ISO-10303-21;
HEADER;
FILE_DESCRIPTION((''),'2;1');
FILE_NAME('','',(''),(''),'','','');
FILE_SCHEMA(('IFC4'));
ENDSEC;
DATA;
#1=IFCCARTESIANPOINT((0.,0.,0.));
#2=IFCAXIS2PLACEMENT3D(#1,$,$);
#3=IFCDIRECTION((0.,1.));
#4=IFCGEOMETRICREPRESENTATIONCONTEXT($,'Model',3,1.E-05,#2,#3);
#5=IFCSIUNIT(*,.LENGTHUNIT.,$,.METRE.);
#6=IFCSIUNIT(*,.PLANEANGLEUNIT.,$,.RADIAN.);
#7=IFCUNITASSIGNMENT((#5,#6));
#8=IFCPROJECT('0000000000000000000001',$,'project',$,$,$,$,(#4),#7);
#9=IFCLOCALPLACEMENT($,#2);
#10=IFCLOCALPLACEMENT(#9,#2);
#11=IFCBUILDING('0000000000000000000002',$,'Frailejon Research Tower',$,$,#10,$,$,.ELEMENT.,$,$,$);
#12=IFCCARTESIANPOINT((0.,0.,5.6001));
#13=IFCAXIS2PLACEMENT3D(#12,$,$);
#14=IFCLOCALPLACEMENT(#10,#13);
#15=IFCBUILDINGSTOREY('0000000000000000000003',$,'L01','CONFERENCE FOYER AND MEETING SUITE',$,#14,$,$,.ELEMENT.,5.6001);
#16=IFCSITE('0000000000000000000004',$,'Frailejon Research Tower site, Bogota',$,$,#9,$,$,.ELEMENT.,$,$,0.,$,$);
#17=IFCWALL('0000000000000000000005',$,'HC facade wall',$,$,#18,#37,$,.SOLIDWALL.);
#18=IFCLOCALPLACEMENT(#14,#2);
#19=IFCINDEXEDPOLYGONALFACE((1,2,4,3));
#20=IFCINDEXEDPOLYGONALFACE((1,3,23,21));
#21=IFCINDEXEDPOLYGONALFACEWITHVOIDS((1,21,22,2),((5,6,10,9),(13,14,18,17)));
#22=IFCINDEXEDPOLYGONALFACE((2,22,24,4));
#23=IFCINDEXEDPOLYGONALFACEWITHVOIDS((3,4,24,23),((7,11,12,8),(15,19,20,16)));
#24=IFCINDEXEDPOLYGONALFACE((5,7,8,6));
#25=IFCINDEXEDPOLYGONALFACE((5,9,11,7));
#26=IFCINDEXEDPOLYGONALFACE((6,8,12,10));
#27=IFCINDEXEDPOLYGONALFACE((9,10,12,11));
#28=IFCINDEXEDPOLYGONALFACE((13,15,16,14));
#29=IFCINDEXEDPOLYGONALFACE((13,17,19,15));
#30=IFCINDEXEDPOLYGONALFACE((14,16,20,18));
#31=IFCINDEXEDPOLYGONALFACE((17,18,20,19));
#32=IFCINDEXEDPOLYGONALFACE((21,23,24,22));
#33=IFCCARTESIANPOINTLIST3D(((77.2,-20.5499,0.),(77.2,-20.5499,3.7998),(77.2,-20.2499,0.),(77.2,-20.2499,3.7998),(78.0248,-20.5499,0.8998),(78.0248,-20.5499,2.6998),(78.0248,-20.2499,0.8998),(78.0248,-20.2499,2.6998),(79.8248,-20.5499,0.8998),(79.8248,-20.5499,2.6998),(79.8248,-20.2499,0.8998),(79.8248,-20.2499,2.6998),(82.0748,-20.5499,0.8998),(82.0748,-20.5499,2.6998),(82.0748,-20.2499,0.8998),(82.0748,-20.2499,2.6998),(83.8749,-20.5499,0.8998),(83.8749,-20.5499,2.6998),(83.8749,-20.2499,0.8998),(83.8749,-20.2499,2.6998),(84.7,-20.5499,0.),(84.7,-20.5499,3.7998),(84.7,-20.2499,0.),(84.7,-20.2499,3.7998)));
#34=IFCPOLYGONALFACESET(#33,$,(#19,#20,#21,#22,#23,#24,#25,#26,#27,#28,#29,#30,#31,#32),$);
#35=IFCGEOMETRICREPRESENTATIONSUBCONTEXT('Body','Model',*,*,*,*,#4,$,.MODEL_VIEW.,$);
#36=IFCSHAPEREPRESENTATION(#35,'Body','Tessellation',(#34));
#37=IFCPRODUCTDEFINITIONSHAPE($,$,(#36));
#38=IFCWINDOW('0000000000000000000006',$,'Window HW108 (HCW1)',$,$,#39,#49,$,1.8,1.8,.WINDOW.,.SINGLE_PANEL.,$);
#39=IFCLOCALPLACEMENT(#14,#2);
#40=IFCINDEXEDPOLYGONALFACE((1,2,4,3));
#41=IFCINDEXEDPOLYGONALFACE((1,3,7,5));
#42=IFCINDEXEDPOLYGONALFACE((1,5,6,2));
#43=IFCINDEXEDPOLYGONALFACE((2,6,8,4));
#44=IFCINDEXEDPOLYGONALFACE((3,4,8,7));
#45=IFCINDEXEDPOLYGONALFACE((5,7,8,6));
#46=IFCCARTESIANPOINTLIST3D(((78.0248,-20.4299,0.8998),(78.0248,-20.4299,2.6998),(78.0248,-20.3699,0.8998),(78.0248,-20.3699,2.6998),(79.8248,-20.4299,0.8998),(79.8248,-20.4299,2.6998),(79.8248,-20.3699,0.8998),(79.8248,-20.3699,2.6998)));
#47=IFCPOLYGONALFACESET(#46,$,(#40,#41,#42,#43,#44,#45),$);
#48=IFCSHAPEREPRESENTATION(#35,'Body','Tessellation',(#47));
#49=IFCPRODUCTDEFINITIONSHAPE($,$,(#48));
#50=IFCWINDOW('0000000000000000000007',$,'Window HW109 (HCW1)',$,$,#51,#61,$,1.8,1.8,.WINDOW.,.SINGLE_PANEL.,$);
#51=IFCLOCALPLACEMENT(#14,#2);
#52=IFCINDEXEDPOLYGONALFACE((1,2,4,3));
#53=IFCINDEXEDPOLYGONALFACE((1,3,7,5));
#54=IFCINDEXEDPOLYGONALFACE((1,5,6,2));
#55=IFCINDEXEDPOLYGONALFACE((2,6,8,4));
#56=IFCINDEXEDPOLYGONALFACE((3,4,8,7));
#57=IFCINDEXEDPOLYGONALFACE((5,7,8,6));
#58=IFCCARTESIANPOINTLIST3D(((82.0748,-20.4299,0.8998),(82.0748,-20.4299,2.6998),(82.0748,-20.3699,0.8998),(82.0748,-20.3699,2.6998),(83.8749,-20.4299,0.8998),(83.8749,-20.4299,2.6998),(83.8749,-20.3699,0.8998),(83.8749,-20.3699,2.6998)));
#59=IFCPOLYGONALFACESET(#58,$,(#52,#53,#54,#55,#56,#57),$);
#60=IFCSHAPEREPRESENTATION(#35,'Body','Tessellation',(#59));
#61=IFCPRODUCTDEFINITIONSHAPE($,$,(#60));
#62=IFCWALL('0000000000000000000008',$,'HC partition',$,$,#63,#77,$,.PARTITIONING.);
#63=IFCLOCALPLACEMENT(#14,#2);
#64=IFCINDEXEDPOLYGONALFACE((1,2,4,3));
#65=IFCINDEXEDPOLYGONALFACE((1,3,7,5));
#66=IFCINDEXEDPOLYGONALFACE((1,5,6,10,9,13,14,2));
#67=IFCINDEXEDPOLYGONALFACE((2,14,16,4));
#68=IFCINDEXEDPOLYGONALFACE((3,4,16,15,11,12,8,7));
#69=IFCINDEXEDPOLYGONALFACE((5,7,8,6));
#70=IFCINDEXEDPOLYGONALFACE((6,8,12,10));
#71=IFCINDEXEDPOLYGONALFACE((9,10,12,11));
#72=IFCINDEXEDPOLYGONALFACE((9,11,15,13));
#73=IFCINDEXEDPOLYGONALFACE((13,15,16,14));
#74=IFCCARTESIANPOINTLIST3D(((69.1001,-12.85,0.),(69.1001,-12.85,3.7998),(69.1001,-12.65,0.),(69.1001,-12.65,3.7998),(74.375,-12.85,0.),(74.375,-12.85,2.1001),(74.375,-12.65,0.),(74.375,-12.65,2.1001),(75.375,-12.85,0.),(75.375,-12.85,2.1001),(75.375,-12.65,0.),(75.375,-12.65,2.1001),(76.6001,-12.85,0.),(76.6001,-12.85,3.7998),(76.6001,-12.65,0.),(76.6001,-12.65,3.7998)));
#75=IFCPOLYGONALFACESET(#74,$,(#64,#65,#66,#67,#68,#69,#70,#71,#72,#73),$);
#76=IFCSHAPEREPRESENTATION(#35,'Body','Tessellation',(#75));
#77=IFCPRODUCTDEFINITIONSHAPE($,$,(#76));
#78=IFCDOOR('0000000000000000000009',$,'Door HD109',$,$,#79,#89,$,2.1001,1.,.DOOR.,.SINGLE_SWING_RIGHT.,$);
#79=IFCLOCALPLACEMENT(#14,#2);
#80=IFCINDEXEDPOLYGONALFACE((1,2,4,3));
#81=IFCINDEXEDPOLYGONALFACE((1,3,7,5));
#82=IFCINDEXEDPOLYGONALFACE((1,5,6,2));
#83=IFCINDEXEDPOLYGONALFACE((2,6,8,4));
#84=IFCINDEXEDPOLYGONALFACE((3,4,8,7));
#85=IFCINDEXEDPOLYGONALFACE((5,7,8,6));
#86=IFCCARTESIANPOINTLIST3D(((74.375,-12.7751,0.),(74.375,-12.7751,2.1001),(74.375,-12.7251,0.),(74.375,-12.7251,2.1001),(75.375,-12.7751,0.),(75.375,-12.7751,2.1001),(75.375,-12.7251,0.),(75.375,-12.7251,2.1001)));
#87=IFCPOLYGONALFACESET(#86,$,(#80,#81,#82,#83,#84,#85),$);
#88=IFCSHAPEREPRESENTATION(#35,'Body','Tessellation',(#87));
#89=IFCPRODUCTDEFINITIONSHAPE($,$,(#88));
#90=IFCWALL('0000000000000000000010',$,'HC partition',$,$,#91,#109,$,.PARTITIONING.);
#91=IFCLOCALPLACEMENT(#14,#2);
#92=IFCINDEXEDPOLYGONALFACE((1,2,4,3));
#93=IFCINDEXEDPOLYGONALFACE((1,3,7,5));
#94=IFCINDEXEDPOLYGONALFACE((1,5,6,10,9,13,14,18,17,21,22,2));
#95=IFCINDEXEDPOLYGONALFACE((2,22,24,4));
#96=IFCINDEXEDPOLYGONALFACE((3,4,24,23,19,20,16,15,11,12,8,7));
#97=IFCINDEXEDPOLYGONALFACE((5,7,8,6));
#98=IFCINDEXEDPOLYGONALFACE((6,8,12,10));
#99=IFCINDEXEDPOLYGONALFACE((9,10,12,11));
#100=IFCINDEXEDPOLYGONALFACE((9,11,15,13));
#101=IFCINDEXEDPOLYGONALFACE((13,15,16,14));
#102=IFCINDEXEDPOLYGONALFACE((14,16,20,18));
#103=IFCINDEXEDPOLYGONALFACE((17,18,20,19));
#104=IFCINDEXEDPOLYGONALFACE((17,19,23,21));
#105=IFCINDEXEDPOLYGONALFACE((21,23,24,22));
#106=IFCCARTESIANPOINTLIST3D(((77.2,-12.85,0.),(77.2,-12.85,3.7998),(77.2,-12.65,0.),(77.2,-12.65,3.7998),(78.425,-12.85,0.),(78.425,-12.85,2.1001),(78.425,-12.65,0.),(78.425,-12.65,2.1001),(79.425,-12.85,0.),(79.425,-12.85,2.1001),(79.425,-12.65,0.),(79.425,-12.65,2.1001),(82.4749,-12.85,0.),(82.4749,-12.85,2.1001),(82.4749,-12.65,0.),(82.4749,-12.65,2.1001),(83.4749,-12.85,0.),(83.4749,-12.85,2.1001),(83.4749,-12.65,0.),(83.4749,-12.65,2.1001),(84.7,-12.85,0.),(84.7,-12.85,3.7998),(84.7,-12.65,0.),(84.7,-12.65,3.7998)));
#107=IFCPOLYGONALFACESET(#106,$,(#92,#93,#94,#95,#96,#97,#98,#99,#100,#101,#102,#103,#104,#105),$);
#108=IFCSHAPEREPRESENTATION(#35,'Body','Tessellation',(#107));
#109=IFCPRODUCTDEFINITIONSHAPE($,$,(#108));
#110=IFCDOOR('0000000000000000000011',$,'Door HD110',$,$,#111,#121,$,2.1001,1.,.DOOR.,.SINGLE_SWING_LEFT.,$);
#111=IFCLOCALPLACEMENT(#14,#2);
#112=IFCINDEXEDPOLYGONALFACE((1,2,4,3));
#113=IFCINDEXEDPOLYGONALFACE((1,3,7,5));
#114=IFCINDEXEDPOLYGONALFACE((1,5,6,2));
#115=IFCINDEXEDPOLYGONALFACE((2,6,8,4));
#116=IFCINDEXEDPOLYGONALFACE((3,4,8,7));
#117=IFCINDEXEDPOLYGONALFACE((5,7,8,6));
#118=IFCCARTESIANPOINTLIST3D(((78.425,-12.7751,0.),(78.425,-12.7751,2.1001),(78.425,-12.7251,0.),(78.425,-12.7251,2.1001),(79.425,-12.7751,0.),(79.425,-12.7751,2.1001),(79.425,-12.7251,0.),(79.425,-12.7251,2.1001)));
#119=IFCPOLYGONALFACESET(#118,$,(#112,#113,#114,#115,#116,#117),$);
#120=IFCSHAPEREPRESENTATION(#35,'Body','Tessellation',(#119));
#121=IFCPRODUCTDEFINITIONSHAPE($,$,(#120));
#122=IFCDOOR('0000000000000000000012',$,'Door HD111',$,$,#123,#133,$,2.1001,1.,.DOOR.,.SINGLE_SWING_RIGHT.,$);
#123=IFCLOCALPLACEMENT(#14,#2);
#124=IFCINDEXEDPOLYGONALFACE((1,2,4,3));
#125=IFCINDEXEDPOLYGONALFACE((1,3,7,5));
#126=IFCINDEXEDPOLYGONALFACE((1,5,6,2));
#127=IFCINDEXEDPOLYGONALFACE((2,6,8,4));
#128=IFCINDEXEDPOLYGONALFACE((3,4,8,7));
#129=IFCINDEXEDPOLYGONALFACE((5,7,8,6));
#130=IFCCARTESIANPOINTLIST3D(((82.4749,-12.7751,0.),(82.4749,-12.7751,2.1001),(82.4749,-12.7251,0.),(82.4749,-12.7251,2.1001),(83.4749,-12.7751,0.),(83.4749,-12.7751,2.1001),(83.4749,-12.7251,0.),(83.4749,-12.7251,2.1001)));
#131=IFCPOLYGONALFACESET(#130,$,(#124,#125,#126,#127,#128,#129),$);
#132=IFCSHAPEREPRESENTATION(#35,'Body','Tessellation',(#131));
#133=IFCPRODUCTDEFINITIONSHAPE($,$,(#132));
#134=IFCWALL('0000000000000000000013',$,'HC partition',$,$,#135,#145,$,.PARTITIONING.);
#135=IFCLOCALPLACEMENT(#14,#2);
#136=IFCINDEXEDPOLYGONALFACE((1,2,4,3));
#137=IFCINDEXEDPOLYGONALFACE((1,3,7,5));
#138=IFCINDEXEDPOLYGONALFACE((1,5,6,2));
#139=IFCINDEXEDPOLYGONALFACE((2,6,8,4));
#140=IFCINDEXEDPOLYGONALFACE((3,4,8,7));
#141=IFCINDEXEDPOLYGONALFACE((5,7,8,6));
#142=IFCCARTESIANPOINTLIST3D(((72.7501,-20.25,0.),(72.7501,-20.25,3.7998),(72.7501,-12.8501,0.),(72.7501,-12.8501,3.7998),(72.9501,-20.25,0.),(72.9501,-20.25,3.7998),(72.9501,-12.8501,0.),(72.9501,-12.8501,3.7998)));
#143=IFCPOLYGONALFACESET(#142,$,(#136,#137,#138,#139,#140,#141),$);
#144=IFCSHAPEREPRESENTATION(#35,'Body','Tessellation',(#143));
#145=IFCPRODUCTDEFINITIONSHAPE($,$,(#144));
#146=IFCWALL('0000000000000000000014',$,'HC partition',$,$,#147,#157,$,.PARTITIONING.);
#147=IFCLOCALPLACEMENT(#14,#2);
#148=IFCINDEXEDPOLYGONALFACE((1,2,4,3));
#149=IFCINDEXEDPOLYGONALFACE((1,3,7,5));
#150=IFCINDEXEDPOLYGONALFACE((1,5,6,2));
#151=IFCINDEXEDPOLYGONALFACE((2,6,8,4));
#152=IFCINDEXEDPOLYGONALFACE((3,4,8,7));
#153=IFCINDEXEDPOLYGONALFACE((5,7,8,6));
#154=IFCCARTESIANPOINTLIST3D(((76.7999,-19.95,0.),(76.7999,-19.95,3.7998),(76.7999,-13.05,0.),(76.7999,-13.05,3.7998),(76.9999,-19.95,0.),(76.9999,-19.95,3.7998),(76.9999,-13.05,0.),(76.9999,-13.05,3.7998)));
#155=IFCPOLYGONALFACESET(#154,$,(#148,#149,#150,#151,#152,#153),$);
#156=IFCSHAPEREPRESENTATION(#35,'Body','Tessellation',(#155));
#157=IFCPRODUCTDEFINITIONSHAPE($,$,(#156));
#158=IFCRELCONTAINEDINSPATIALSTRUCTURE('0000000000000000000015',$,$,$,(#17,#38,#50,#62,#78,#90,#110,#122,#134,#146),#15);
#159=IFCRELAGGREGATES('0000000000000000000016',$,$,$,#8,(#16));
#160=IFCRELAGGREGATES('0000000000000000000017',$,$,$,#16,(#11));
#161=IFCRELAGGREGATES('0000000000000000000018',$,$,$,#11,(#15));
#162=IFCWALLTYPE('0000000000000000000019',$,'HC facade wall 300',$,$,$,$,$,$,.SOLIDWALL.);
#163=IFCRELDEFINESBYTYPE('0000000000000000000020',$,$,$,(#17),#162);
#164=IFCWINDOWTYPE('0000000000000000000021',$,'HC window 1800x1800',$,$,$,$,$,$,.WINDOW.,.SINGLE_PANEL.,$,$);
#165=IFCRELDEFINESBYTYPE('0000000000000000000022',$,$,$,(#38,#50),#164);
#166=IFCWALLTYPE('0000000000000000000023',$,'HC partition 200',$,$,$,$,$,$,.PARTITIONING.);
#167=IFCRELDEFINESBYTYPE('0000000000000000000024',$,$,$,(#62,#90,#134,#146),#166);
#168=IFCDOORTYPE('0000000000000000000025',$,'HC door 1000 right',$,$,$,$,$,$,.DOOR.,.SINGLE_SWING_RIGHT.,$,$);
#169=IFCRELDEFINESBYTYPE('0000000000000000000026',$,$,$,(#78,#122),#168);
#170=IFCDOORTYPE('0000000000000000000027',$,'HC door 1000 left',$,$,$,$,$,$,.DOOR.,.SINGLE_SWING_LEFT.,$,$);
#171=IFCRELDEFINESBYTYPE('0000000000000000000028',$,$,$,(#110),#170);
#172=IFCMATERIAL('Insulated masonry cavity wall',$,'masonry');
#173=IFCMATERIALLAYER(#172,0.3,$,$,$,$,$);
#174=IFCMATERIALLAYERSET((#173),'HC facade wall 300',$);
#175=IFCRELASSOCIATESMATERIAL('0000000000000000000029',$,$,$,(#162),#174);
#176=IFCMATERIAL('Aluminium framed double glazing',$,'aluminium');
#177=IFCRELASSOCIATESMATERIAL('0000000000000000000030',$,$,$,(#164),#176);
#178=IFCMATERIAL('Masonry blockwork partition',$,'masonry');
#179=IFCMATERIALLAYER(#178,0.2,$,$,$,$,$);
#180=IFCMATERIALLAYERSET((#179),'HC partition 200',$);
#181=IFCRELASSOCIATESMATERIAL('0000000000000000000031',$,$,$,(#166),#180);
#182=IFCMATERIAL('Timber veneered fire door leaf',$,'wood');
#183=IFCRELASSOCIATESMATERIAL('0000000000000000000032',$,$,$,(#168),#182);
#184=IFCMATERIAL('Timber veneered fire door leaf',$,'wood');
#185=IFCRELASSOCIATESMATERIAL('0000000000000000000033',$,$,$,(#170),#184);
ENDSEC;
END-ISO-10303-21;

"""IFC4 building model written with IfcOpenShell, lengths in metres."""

from ifc_helpers import new_model, si_unit, direction, frame, frame_2d, origin, place, context, subcontext, project, spatial, rectangle, extrude, material, layer, layer_set, type_object, element, fill, save


model = new_model("IFC4")

# Units and contexts
model_context = context("Model", 3, precision=1e-05, world=origin(), true_north=direction((0.0, 1.0)))
body_context = subcontext(model_context, "Body", "Model", "MODEL_VIEW")
ifc_project = project(units=[si_unit("LENGTHUNIT", "METRE"), si_unit("PLANEANGLEUNIT", "RADIAN")], contexts=[model_context])

# Site, building, storey
site_placement = place(None, origin())
site = spatial("IfcSite", under=ifc_project, at=site_placement, Name="Frailejon Research Tower site, Bogota", CompositionType="ELEMENT", RefElevation=0.0)
building_placement = place(site_placement, origin())
building = spatial("IfcBuilding", under=site, at=building_placement, Name="Frailejon Research Tower", CompositionType="ELEMENT")
storey_placement = place(building_placement, frame((0.0, 0.0, 5.6001)))
storey = spatial("IfcBuildingStorey", under=building, at=storey_placement, Name="L01", Description="CONFERENCE FOYER AND MEETING SUITE", CompositionType="ELEMENT", Elevation=5.6001)

# Wall, openings, windows
ifc_material_1 = material(Name="Insulated masonry cavity wall", Category="masonry")
ifc_layer_1 = layer(ifc_material_1, 0.3)
ifc_layer_set_1 = layer_set([ifc_layer_1], Name="HC facade wall 300")
wall_type_1 = type_object("IfcWallType", Name="HC facade wall 300", PredefinedType="SOLIDWALL", material=ifc_layer_set_1)
ifc_material_2 = material(Name="Aluminium framed double glazing", Category="aluminium")
window_type = type_object("IfcWindowType", Name="HC window 1800x1800", PartitioningType="SINGLE_PANEL", PredefinedType="WINDOW", material=ifc_material_2)
wall_1_placement = place(storey_placement, frame((77.2, -20.3999, 0.0), z_axis=(0.0, 0.0, 1.0), x_axis=(1.0, 0.0, 0.0)))
wall_1 = element("IfcWall", 1, at=wall_1_placement, inside=storey, type_object=wall_type_1, Name="HC facade wall", PredefinedType="SOLIDWALL", context=body_context, shape_type="SweptSolid", body=[
    extrude(rectangle(XDim=7.5, YDim=0.3, at=frame_2d((3.75, 0.0))), origin(), (0.0, 0.0, 1.0), 3.7998),
])
opening_1_placement = place(wall_1_placement, frame((0.825, 0.0, 0.8999)))
opening_1 = element("IfcOpeningElement", 2, at=opening_1_placement, cuts=wall_1, PredefinedType="OPENING", context=body_context, shape_type="SweptSolid", body=[
    extrude(rectangle(XDim=1.8, YDim=1.8, at=frame_2d((0.8999, 0.8999))), frame((0.0, 0.1599, 0.0), z_axis=(0.0, -1.0, 0.0), x_axis=(1.0, 0.0, 0.0)), (0.0, 0.0, 1.0), 0.3201),
])
opening_2_placement = place(wall_1_placement, frame((4.875, 0.0, 0.8999)))
opening_2 = element("IfcOpeningElement", 3, at=opening_2_placement, cuts=wall_1, PredefinedType="OPENING", context=body_context, shape_type="SweptSolid", body=[
    extrude(rectangle(XDim=1.8, YDim=1.8, at=frame_2d((0.8999, 0.8999))), frame((0.0, 0.1599, 0.0), z_axis=(0.0, -1.0, 0.0), x_axis=(1.0, 0.0, 0.0)), (0.0, 0.0, 1.0), 0.3201),
])
window_1_placement = place(opening_1_placement, origin())
window_1 = element("IfcWindow", 4, at=window_1_placement, inside=storey, type_object=window_type, Name="Window HW108 (HCW1)", OverallHeight=1.8, OverallWidth=1.8, PartitioningType="SINGLE_PANEL", PredefinedType="WINDOW", context=body_context, shape_type="SweptSolid", body=[
    extrude(rectangle(XDim=1.8, YDim=1.8, at=frame_2d((0.8999, 0.8999))), frame((0.0, 0.03, 0.0), z_axis=(0.0, -1.0, 0.0), x_axis=(1.0, 0.0, 0.0)), (0.0, 0.0, 1.0), 0.0601),
])
fill(opening_1, window_1)
window_2_placement = place(opening_2_placement, origin())
window_2 = element("IfcWindow", 5, at=window_2_placement, inside=storey, type_object=window_type, Name="Window HW109 (HCW1)", OverallHeight=1.8, OverallWidth=1.8, PartitioningType="SINGLE_PANEL", PredefinedType="WINDOW", context=body_context, shape_type="SweptSolid", body=[
    extrude(rectangle(XDim=1.8, YDim=1.8, at=frame_2d((0.8999, 0.8999))), frame((0.0, 0.03, 0.0), z_axis=(0.0, -1.0, 0.0), x_axis=(1.0, 0.0, 0.0)), (0.0, 0.0, 1.0), 0.0601),
])
fill(opening_2, window_2)

# Wall, opening, door
ifc_material_3 = material(Name="Masonry blockwork partition", Category="masonry")
ifc_layer_2 = layer(ifc_material_3, 0.2)
ifc_layer_set_2 = layer_set([ifc_layer_2], Name="HC partition 200")
wall_type_2 = type_object("IfcWallType", Name="HC partition 200", PredefinedType="PARTITIONING", material=ifc_layer_set_2)
wall_2_placement = place(storey_placement, frame((69.1001, -12.75, 0.0), z_axis=(0.0, 0.0, 1.0), x_axis=(1.0, 0.0, 0.0)))
wall_2 = element("IfcWall", 6, at=wall_2_placement, inside=storey, type_object=wall_type_2, Name="HC partition", PredefinedType="PARTITIONING", context=body_context, shape_type="SweptSolid", body=[
    extrude(rectangle(XDim=7.5, YDim=0.2, at=frame_2d((3.75, 0.0))), origin(), (0.0, 0.0, 1.0), 3.7998),
])
opening_3_placement = place(wall_2_placement, frame((5.2749, 0.0, 0.0)))
opening_3 = element("IfcOpeningElement", 7, at=opening_3_placement, cuts=wall_2, PredefinedType="OPENING", context=body_context, shape_type="SweptSolid", body=[
    extrude(rectangle(XDim=1.0, YDim=2.1001, at=frame_2d((0.5, 1.05))), frame((0.0, 0.1099, 0.0), z_axis=(0.0, -1.0, 0.0), x_axis=(1.0, 0.0, 0.0)), (0.0, 0.0, 1.0), 0.22),
])
ifc_material_4 = material(Name="Timber veneered fire door leaf", Category="wood")
door_type_1 = type_object("IfcDoorType", Name="HC door 1000 right", OperationType="SINGLE_SWING_RIGHT", PredefinedType="DOOR", material=ifc_material_4)
door_1_placement = place(opening_3_placement, origin())
door_1 = element("IfcDoor", 8, at=door_1_placement, inside=storey, type_object=door_type_1, Name="Door HD109", OperationType="SINGLE_SWING_RIGHT", OverallHeight=2.1001, OverallWidth=1.0, PredefinedType="DOOR", context=body_context, shape_type="SweptSolid", body=[
    extrude(rectangle(XDim=1.0, YDim=2.1001, at=frame_2d((0.5, 1.05))), frame((0.0, 0.0249, 0.0), z_axis=(0.0, -1.0, 0.0), x_axis=(1.0, 0.0, 0.0)), (0.0, 0.0, 1.0), 0.05),
])
fill(opening_3, door_1)

# Wall, openings, doors
wall_3_placement = place(storey_placement, frame((77.2, -12.75, 0.0), z_axis=(0.0, 0.0, 1.0), x_axis=(1.0, 0.0, 0.0)))
wall_3 = element("IfcWall", 9, at=wall_3_placement, inside=storey, type_object=wall_type_2, Name="HC partition", PredefinedType="PARTITIONING", context=body_context, shape_type="SweptSolid", body=[
    extrude(rectangle(XDim=7.5, YDim=0.2, at=frame_2d((3.75, 0.0))), origin(), (0.0, 0.0, 1.0), 3.7998),
])
opening_4_placement = place(wall_3_placement, frame((1.2251, 0.0, 0.0)))
opening_4 = element("IfcOpeningElement", 10, at=opening_4_placement, cuts=wall_3, PredefinedType="OPENING", context=body_context, shape_type="SweptSolid", body=[
    extrude(rectangle(XDim=1.0, YDim=2.1001, at=frame_2d((0.5, 1.05))), frame((0.0, 0.1099, 0.0), z_axis=(0.0, -1.0, 0.0), x_axis=(1.0, 0.0, 0.0)), (0.0, 0.0, 1.0), 0.22),
])
opening_5_placement = place(wall_3_placement, frame((5.2749, 0.0, 0.0)))
opening_5 = element("IfcOpeningElement", 11, at=opening_5_placement, cuts=wall_3, PredefinedType="OPENING", context=body_context, shape_type="SweptSolid", body=[
    extrude(rectangle(XDim=1.0, YDim=2.1001, at=frame_2d((0.5, 1.05))), frame((0.0, 0.1099, 0.0), z_axis=(0.0, -1.0, 0.0), x_axis=(1.0, 0.0, 0.0)), (0.0, 0.0, 1.0), 0.22),
])
ifc_material_5 = material(Name="Timber veneered fire door leaf", Category="wood")
door_type_2 = type_object("IfcDoorType", Name="HC door 1000 left", OperationType="SINGLE_SWING_LEFT", PredefinedType="DOOR", material=ifc_material_5)
door_2_placement = place(opening_4_placement, origin())
door_2 = element("IfcDoor", 12, at=door_2_placement, inside=storey, type_object=door_type_2, Name="Door HD110", OperationType="SINGLE_SWING_LEFT", OverallHeight=2.1001, OverallWidth=1.0, PredefinedType="DOOR", context=body_context, shape_type="SweptSolid", body=[
    extrude(rectangle(XDim=1.0, YDim=2.1001, at=frame_2d((0.5, 1.05))), frame((0.0, 0.0249, 0.0), z_axis=(0.0, -1.0, 0.0), x_axis=(1.0, 0.0, 0.0)), (0.0, 0.0, 1.0), 0.05),
])
fill(opening_4, door_2)
door_3_placement = place(opening_5_placement, origin())
door_3 = element("IfcDoor", 13, at=door_3_placement, inside=storey, type_object=door_type_1, Name="Door HD111", OperationType="SINGLE_SWING_RIGHT", OverallHeight=2.1001, OverallWidth=1.0, PredefinedType="DOOR", context=body_context, shape_type="SweptSolid", body=[
    extrude(rectangle(XDim=1.0, YDim=2.1001, at=frame_2d((0.5, 1.05))), frame((0.0, 0.0249, 0.0), z_axis=(0.0, -1.0, 0.0), x_axis=(1.0, 0.0, 0.0)), (0.0, 0.0, 1.0), 0.05),
])
fill(opening_5, door_3)

# Walls
wall_4_placement = place(storey_placement, frame((72.8501, -20.25, 0.0), z_axis=(0.0, 0.0, 1.0), x_axis=(0.0, 1.0, 0.0)))
element("IfcWall", 14, at=wall_4_placement, inside=storey, type_object=wall_type_2, Name="HC partition", PredefinedType="PARTITIONING", context=body_context, shape_type="SweptSolid", body=[
    extrude(rectangle(XDim=7.3999, YDim=0.2, at=frame_2d((3.7, 0.0))), origin(), (0.0, 0.0, 1.0), 3.7998),
])
wall_5_placement = place(storey_placement, frame((76.8999, -19.95, 0.0), z_axis=(0.0, 0.0, 1.0), x_axis=(0.0, 1.0, 0.0)))
element("IfcWall", 15, at=wall_5_placement, inside=storey, type_object=wall_type_2, Name="HC partition", PredefinedType="PARTITIONING", context=body_context, shape_type="SweptSolid", body=[
    extrude(rectangle(XDim=6.8999, YDim=0.2, at=frame_2d((3.45, 0.0))), origin(), (0.0, 0.0, 1.0), 3.7998),
])

save(model, "model.ifc")
